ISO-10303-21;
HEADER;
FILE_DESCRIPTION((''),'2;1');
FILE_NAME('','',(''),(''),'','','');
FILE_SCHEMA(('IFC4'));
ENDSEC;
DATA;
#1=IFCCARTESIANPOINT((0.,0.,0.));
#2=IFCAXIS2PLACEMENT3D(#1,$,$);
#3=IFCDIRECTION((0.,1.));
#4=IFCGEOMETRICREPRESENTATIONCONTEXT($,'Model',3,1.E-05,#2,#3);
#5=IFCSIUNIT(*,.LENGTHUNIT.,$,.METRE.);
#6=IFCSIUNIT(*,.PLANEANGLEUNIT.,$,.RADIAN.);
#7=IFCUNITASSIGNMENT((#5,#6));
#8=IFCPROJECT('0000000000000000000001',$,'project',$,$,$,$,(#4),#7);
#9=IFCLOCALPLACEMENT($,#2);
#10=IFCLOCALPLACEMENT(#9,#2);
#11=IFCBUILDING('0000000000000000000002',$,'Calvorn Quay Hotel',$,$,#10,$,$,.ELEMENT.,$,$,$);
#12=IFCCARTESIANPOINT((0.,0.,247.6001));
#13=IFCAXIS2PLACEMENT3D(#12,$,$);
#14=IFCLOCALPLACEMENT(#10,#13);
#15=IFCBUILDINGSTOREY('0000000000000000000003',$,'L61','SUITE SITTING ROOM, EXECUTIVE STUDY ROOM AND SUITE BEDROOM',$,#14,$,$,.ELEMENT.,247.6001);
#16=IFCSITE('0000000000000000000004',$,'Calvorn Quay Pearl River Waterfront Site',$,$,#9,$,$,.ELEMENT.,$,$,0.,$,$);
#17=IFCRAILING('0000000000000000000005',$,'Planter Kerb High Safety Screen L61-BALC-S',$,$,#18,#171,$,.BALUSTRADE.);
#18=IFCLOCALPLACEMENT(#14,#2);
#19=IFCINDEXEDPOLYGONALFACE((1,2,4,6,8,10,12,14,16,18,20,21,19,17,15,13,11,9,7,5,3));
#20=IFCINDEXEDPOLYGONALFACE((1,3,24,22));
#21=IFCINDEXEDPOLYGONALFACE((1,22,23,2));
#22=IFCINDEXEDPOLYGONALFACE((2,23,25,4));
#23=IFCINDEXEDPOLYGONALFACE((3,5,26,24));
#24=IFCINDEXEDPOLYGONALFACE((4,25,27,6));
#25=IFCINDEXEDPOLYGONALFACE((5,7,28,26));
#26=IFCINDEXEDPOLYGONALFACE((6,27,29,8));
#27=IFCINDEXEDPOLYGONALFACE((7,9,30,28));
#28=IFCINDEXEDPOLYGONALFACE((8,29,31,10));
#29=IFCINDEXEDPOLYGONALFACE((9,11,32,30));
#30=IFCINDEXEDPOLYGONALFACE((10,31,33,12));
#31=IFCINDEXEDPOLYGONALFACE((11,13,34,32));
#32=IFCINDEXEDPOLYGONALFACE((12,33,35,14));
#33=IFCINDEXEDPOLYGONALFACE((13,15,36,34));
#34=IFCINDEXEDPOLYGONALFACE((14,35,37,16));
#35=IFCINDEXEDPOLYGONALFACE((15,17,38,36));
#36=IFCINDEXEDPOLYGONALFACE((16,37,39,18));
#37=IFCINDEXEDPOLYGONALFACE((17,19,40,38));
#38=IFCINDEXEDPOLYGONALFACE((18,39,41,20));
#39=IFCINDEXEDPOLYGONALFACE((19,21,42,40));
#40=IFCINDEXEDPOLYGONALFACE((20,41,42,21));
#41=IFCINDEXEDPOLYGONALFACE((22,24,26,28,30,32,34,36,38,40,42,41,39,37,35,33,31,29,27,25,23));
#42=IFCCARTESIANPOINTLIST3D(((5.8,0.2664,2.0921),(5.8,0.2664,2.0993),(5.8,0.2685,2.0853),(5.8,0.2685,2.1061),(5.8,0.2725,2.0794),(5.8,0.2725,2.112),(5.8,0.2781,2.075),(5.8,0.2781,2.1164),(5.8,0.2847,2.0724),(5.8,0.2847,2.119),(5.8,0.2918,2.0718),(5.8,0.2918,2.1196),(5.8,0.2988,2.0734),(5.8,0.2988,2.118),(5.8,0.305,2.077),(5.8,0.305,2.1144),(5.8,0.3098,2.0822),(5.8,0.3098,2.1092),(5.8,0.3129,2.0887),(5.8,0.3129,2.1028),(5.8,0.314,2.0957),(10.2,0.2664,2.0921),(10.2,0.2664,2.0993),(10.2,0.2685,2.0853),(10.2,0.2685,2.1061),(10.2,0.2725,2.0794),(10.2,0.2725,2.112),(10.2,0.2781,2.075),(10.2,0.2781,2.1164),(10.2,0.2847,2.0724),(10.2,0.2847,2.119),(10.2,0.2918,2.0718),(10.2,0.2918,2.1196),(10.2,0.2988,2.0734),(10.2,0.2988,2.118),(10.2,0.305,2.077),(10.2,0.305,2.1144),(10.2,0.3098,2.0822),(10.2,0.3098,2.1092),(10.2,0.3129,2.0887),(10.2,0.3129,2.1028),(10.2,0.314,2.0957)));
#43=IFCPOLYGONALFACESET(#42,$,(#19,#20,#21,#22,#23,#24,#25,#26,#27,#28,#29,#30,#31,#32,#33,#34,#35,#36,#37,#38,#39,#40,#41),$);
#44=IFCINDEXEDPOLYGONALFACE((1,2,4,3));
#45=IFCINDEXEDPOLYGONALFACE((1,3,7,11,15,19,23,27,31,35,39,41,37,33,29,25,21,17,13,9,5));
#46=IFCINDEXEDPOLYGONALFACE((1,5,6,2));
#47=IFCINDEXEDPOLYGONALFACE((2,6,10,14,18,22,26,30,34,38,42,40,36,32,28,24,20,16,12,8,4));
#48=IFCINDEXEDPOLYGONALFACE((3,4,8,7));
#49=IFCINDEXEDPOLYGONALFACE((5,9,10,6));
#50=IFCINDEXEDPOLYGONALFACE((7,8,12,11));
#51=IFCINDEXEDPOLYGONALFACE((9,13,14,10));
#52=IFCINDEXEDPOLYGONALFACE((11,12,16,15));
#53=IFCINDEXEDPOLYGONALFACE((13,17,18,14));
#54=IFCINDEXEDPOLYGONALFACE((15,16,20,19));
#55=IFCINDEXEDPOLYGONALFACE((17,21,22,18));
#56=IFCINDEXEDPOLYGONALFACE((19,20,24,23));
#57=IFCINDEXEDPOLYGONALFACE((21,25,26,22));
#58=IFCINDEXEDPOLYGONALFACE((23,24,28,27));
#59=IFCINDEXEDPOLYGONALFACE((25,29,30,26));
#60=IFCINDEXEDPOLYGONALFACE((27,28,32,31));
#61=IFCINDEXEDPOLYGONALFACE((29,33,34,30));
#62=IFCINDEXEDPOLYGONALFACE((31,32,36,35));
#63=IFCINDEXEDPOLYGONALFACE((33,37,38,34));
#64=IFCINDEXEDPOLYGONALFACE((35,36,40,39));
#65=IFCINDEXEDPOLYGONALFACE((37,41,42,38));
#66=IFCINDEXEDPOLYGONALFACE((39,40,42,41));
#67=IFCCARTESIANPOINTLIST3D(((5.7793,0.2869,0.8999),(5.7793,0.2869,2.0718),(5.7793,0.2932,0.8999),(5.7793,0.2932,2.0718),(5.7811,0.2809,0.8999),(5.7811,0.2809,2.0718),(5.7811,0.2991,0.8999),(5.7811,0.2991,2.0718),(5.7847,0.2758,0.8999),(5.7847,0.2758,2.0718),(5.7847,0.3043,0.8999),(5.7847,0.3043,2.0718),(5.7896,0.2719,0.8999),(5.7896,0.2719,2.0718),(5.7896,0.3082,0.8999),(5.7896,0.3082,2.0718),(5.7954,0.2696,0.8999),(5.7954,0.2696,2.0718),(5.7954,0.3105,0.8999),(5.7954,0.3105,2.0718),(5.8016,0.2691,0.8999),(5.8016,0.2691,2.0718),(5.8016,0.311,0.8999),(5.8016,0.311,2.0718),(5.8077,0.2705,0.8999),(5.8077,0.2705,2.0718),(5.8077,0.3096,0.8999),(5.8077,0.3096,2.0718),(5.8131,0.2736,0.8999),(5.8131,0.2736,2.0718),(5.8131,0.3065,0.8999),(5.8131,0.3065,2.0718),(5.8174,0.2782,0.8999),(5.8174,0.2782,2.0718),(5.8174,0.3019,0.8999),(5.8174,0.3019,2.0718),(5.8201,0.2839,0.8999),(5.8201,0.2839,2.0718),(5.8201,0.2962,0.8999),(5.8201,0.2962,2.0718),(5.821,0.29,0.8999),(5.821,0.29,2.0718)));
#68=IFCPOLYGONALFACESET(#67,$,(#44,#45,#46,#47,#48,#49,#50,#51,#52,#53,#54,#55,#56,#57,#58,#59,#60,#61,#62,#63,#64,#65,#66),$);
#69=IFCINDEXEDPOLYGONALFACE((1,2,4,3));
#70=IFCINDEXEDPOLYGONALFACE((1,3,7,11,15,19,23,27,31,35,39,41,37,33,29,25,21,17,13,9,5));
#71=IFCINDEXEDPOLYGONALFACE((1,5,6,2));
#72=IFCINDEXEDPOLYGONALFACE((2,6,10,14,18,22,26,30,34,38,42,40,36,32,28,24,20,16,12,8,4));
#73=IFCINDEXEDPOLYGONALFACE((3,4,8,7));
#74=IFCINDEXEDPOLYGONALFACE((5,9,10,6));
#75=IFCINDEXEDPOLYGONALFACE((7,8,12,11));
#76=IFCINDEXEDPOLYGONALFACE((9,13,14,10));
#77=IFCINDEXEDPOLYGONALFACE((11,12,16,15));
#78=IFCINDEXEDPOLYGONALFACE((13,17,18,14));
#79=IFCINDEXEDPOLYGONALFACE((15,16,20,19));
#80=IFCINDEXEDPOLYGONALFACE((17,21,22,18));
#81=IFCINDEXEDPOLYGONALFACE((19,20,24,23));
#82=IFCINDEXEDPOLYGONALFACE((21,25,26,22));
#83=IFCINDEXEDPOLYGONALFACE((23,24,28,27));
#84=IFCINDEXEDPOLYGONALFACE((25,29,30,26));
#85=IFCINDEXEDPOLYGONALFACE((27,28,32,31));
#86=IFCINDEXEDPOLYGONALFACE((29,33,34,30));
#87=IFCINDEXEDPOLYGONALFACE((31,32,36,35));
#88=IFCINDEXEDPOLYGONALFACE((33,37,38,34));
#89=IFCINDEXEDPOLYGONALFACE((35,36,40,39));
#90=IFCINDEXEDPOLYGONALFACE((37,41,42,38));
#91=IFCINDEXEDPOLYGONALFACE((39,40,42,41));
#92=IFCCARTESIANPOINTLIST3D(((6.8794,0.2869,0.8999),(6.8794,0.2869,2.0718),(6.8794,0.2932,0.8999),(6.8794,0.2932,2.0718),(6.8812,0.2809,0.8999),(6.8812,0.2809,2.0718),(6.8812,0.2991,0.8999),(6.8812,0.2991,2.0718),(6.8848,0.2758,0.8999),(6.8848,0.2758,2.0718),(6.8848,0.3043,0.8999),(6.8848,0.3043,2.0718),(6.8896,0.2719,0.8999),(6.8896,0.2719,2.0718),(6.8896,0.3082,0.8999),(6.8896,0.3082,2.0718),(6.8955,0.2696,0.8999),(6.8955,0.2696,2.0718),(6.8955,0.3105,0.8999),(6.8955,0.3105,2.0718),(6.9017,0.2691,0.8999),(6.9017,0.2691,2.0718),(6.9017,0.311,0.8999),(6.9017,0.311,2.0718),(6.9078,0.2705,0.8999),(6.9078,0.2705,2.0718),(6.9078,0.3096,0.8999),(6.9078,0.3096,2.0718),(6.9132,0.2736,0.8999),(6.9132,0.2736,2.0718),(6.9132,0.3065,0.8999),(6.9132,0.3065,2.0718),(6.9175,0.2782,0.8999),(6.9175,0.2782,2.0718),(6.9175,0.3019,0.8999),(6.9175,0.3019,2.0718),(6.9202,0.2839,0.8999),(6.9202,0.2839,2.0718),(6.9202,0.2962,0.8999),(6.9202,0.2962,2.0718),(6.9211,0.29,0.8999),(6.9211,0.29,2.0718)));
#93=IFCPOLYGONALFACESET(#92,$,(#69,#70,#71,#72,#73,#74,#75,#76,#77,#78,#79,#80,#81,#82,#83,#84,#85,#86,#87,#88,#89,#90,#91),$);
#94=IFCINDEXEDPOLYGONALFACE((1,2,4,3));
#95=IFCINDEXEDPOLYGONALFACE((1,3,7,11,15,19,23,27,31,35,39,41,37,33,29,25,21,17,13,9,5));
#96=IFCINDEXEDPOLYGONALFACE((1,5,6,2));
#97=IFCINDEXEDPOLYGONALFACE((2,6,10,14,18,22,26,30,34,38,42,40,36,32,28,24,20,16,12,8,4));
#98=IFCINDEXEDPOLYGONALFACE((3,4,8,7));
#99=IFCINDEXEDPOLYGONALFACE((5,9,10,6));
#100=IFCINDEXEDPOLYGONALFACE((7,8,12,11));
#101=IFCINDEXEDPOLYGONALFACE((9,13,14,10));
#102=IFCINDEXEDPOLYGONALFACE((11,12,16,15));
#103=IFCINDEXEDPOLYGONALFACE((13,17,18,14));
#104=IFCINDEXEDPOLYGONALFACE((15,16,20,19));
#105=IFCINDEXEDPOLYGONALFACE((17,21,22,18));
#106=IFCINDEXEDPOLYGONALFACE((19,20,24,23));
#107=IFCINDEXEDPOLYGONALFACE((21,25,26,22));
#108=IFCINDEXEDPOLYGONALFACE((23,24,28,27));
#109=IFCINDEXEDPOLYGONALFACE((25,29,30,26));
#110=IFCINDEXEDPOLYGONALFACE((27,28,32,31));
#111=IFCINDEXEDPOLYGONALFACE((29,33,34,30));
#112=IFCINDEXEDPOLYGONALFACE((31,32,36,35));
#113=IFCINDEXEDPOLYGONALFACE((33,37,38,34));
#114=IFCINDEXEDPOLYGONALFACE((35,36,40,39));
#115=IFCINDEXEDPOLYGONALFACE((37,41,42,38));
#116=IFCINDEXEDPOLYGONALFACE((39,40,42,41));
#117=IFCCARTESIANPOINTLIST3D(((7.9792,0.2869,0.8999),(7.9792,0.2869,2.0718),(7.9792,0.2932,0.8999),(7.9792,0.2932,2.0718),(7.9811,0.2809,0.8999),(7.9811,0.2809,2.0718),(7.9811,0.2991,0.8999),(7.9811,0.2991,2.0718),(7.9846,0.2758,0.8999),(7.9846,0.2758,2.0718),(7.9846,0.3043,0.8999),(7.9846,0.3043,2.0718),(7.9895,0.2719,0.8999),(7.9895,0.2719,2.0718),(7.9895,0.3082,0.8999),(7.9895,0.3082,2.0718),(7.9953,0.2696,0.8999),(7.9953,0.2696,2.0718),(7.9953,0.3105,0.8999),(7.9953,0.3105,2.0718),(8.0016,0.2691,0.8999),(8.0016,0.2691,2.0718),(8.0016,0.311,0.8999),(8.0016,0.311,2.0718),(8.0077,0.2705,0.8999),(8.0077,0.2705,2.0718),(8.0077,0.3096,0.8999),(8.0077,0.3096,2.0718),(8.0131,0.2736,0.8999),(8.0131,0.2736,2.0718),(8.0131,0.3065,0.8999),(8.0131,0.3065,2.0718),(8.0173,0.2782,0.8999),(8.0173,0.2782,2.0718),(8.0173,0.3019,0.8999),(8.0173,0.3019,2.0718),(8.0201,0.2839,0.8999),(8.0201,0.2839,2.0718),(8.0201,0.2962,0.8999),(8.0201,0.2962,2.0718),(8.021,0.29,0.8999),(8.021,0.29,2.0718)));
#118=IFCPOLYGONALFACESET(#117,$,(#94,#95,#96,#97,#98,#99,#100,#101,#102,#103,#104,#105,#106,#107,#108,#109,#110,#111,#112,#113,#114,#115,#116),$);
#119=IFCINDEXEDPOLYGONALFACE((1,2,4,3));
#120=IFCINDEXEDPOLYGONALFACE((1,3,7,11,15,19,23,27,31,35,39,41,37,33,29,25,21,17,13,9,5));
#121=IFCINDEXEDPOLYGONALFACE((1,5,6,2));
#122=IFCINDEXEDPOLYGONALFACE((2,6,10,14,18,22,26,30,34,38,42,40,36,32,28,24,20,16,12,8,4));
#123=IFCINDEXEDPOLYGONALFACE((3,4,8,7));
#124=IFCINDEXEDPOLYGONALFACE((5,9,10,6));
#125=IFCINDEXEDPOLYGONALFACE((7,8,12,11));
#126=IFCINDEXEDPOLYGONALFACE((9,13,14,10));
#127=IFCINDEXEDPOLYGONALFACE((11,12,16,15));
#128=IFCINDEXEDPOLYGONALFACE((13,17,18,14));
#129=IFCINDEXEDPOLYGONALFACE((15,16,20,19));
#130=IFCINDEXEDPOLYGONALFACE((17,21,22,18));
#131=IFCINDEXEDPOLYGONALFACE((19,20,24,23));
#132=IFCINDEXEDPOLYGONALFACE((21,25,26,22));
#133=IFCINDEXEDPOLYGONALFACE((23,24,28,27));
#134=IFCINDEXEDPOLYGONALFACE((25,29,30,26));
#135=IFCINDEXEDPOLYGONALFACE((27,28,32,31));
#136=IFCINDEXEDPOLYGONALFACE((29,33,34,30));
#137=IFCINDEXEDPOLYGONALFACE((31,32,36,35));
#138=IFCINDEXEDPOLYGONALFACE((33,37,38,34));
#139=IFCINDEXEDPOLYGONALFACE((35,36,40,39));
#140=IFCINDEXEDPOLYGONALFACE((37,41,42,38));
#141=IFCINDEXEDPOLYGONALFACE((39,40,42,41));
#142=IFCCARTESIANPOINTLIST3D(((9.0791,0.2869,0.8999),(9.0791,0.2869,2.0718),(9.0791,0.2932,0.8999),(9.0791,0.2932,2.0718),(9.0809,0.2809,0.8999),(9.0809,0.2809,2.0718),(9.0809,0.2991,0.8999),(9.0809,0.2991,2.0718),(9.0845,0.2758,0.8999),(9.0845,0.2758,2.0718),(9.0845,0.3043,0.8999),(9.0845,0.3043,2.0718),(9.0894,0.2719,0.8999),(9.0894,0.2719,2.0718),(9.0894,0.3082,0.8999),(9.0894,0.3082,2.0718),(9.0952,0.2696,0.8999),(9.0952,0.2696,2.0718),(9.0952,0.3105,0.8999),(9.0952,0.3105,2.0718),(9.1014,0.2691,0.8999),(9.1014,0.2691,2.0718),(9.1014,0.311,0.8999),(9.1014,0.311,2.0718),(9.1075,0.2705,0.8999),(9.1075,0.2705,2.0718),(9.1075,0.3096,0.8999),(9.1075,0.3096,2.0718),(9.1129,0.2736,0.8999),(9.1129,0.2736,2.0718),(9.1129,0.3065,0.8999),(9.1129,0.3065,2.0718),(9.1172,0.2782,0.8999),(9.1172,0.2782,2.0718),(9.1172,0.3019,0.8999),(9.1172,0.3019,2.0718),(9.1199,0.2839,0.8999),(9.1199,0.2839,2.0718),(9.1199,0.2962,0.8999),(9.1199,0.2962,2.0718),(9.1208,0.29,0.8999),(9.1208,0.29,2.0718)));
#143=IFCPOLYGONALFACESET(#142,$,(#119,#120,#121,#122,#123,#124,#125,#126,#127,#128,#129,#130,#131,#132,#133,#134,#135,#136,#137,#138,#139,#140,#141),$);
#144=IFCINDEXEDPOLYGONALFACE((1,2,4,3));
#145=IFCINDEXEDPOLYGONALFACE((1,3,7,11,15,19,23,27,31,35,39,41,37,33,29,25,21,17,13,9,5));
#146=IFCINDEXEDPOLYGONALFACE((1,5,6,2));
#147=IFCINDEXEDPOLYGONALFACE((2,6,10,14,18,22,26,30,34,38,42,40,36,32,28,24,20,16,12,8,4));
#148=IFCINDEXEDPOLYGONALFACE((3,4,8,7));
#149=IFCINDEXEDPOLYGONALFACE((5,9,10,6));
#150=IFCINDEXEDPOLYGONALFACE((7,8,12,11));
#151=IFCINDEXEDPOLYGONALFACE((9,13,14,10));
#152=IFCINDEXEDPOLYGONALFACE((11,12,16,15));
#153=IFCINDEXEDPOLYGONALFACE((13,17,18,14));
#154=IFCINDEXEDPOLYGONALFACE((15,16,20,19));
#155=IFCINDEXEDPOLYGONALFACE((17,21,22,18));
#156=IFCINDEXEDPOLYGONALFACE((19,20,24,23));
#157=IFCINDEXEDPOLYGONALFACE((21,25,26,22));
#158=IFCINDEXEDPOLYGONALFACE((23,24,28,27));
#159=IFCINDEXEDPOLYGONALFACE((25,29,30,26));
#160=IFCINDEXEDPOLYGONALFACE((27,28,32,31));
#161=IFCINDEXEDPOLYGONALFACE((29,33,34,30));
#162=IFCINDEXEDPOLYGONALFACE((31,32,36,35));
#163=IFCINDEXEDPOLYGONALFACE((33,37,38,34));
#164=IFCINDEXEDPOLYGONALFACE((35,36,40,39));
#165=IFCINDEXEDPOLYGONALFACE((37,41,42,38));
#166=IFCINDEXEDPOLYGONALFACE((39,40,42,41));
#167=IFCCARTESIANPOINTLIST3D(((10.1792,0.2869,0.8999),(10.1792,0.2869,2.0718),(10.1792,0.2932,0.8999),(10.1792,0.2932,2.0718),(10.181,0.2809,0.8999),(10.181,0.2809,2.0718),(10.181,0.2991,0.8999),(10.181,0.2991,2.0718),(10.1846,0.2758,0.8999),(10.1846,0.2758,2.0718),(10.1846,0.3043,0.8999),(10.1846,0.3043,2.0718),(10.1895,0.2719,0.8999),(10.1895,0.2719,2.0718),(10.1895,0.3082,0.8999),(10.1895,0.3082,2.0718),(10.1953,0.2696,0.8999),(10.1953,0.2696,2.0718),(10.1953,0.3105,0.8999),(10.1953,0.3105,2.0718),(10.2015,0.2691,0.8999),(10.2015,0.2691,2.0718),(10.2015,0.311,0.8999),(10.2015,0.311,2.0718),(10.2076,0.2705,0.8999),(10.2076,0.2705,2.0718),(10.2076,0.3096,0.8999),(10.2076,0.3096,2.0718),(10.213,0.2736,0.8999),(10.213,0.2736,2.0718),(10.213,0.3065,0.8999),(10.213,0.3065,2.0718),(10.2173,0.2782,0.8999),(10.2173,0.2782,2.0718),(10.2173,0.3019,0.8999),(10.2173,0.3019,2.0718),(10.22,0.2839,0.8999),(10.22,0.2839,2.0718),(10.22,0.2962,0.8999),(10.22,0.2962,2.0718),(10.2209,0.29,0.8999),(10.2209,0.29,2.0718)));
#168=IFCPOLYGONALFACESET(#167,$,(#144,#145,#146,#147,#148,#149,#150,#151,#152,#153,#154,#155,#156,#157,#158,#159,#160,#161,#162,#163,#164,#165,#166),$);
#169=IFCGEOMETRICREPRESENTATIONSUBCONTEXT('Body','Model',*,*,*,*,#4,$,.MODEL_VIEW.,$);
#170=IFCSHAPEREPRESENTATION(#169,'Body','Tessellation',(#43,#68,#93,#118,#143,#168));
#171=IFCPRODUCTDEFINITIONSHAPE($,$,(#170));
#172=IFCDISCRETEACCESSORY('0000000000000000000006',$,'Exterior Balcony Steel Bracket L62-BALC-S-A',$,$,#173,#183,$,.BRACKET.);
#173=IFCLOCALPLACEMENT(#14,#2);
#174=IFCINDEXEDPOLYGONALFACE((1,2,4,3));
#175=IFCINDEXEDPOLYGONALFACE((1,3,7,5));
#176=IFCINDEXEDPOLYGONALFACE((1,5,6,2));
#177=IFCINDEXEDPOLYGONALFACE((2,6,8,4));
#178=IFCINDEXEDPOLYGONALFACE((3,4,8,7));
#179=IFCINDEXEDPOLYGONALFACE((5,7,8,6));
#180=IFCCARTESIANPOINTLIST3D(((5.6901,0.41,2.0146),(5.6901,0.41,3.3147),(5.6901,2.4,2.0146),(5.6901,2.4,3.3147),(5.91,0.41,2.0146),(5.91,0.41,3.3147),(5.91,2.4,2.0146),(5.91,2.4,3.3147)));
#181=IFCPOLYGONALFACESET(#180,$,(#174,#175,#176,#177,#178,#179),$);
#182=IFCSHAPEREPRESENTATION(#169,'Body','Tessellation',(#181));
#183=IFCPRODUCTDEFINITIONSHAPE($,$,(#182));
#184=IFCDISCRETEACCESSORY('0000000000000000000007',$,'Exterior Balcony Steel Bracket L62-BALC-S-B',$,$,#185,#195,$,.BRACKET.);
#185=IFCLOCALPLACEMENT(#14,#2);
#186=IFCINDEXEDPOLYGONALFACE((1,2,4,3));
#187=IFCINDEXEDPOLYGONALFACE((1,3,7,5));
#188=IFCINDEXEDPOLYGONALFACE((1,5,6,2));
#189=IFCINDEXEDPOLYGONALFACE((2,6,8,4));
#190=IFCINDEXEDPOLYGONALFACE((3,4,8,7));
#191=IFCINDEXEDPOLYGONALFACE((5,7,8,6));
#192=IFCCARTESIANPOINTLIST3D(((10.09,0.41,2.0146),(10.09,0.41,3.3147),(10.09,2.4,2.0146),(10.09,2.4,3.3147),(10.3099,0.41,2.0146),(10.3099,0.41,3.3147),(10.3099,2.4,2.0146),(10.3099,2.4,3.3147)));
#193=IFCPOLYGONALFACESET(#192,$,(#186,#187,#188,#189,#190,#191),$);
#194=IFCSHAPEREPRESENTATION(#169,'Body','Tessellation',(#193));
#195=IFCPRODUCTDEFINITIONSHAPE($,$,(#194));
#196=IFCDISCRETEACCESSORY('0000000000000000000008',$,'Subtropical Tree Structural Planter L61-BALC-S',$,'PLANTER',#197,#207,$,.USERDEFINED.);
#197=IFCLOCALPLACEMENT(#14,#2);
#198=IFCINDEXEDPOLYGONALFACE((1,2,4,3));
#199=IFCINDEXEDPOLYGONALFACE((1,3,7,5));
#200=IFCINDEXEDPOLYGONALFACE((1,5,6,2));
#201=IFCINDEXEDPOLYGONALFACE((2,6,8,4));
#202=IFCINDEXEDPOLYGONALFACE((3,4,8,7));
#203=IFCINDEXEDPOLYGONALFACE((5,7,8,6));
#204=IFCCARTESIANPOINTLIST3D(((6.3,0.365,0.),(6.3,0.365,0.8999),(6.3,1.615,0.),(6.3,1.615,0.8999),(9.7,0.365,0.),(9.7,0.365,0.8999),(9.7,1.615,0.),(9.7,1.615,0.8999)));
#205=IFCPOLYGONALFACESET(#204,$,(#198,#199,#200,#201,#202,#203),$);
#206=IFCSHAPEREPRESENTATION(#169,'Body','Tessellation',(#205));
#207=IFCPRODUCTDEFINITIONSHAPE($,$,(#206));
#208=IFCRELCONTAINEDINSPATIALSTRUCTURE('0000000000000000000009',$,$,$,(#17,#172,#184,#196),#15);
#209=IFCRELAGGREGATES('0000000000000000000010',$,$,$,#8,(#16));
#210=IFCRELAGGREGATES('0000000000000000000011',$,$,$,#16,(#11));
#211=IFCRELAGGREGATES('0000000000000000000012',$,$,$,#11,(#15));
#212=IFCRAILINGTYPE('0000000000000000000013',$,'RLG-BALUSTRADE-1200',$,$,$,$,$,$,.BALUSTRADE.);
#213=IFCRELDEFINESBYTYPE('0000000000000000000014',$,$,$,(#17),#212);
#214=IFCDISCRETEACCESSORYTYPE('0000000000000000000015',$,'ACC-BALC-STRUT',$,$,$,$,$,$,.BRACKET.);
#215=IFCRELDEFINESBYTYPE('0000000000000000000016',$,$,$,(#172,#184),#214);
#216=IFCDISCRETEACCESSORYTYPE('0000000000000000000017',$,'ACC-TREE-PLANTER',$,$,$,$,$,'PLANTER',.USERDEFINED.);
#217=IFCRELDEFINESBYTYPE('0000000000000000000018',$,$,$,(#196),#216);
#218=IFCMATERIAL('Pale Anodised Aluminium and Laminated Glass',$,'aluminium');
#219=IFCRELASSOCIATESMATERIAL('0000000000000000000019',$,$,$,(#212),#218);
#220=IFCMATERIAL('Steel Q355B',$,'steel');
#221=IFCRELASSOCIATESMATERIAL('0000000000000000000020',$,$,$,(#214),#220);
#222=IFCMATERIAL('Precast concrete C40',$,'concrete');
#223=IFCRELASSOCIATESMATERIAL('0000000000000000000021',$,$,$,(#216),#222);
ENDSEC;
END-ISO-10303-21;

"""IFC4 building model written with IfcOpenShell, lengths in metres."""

from ifc_helpers import new_model, si_unit, direction, frame, origin, origin_2d, place, context, subcontext, project, spatial, rectangle, circle, extrude, material, type_object, element, save


model = new_model("IFC4")

# Units and contexts
model_context = context("Model", 3, precision=1e-05, world=origin(), true_north=direction((0.0, 1.0)))
body_context = subcontext(model_context, "Body", "Model", "MODEL_VIEW")
ifc_project = project(units=[si_unit("LENGTHUNIT", "METRE"), si_unit("PLANEANGLEUNIT", "RADIAN")], contexts=[model_context])

# Site, building, storey
site_placement = place(None, origin())
site = spatial("IfcSite", under=ifc_project, at=site_placement, Name="Calvorn Quay Pearl River Waterfront Site", CompositionType="ELEMENT", RefElevation=0.0)
building_placement = place(site_placement, origin())
building = spatial("IfcBuilding", under=site, at=building_placement, Name="Calvorn Quay Hotel", CompositionType="ELEMENT")
storey_placement = place(building_placement, frame((0.0, 0.0, 247.6001)))
storey = spatial("IfcBuildingStorey", under=building, at=storey_placement, Name="L61", Description="SUITE SITTING ROOM, EXECUTIVE STUDY ROOM AND SUITE BEDROOM", CompositionType="ELEMENT", Elevation=247.6001)

# Railing
ifc_material_1 = material(Name="Pale Anodised Aluminium and Laminated Glass", Category="aluminium")
railing_type = type_object("IfcRailingType", Name="RLG-BALUSTRADE-1200", PredefinedType="BALUSTRADE", material=ifc_material_1)
railing_1_placement = place(storey_placement, frame((5.8, 0.29, 0.8999)))
element("IfcRailing", 1, at=railing_1_placement, inside=storey, type_object=railing_type, Name="Planter Kerb High Safety Screen L61-BALC-S", PredefinedType="BALUSTRADE", context=body_context, shape_type="SweptSolid", body=[
    extrude(circle(Radius=0.0239, at=origin_2d()), frame((0.0, 0.0, 1.1958), z_axis=(1.0, 0.0, 0.0), x_axis=(0.0, 1.0, 0.0)), (0.0, 0.0, 1.0), 4.3999),
    extrude(circle(Radius=0.021, at=origin_2d()), origin(), (0.0, 0.0, 1.0), 1.1719),
    extrude(circle(Radius=0.021, at=origin_2d()), frame((1.1001, 0.0, 0.0)), (0.0, 0.0, 1.0), 1.1719),
    extrude(circle(Radius=0.021, at=origin_2d()), frame((2.2, 0.0, 0.0)), (0.0, 0.0, 1.0), 1.1719),
    extrude(circle(Radius=0.021, at=origin_2d()), frame((3.2998, 0.0, 0.0)), (0.0, 0.0, 1.0), 1.1719),
    extrude(circle(Radius=0.021, at=origin_2d()), frame((4.3999, 0.0, 0.0)), (0.0, 0.0, 1.0), 1.1719),
])

# Discrete accessories
ifc_material_2 = material(Name="Steel Q355B", Category="steel")
discrete_accessory_type_1 = type_object("IfcDiscreteAccessoryType", Name="ACC-BALC-STRUT", PredefinedType="BRACKET", material=ifc_material_2)
for number, where, z_axis, x_axis, name in (
    (2, (5.8, 1.405, 2.0146), (0.0, 0.0, 1.0), (1.0, 0.0, 0.0), "Exterior Balcony Steel Bracket L62-BALC-S-A"),
    (3, (10.2, 1.405, 2.0146), (0.0, 0.0, 1.0), (1.0, 0.0, 0.0), "Exterior Balcony Steel Bracket L62-BALC-S-B"),
):
    element("IfcDiscreteAccessory", number, at=place(storey_placement, frame(where, z_axis=z_axis, x_axis=x_axis)), inside=storey, type_object=discrete_accessory_type_1, Name=name, PredefinedType="BRACKET", context=body_context, shape_type="SweptSolid", body=[
        extrude(rectangle(XDim=0.22, YDim=1.99, at=origin_2d()), origin(), (0.0, 0.0, 1.0), 1.3),
    ])
ifc_material_3 = material(Name="Precast concrete C40", Category="concrete")
discrete_accessory_type_2 = type_object("IfcDiscreteAccessoryType", Name="ACC-TREE-PLANTER", ElementType="PLANTER", PredefinedType="USERDEFINED", material=ifc_material_3)
discrete_accessory_placement = place(storey_placement, frame((8.0, 0.99, 0.0), z_axis=(0.0, 0.0, 1.0), x_axis=(1.0, 0.0, 0.0)))
element("IfcDiscreteAccessory", 4, at=discrete_accessory_placement, inside=storey, type_object=discrete_accessory_type_2, Name="Subtropical Tree Structural Planter L61-BALC-S", ObjectType="PLANTER", PredefinedType="USERDEFINED", context=body_context, shape_type="SweptSolid", body=[
    extrude(rectangle(XDim=3.3999, YDim=1.25, at=origin_2d()), origin(), (0.0, 0.0, 1.0), 0.8999),
])

save(model, "model.ifc")
